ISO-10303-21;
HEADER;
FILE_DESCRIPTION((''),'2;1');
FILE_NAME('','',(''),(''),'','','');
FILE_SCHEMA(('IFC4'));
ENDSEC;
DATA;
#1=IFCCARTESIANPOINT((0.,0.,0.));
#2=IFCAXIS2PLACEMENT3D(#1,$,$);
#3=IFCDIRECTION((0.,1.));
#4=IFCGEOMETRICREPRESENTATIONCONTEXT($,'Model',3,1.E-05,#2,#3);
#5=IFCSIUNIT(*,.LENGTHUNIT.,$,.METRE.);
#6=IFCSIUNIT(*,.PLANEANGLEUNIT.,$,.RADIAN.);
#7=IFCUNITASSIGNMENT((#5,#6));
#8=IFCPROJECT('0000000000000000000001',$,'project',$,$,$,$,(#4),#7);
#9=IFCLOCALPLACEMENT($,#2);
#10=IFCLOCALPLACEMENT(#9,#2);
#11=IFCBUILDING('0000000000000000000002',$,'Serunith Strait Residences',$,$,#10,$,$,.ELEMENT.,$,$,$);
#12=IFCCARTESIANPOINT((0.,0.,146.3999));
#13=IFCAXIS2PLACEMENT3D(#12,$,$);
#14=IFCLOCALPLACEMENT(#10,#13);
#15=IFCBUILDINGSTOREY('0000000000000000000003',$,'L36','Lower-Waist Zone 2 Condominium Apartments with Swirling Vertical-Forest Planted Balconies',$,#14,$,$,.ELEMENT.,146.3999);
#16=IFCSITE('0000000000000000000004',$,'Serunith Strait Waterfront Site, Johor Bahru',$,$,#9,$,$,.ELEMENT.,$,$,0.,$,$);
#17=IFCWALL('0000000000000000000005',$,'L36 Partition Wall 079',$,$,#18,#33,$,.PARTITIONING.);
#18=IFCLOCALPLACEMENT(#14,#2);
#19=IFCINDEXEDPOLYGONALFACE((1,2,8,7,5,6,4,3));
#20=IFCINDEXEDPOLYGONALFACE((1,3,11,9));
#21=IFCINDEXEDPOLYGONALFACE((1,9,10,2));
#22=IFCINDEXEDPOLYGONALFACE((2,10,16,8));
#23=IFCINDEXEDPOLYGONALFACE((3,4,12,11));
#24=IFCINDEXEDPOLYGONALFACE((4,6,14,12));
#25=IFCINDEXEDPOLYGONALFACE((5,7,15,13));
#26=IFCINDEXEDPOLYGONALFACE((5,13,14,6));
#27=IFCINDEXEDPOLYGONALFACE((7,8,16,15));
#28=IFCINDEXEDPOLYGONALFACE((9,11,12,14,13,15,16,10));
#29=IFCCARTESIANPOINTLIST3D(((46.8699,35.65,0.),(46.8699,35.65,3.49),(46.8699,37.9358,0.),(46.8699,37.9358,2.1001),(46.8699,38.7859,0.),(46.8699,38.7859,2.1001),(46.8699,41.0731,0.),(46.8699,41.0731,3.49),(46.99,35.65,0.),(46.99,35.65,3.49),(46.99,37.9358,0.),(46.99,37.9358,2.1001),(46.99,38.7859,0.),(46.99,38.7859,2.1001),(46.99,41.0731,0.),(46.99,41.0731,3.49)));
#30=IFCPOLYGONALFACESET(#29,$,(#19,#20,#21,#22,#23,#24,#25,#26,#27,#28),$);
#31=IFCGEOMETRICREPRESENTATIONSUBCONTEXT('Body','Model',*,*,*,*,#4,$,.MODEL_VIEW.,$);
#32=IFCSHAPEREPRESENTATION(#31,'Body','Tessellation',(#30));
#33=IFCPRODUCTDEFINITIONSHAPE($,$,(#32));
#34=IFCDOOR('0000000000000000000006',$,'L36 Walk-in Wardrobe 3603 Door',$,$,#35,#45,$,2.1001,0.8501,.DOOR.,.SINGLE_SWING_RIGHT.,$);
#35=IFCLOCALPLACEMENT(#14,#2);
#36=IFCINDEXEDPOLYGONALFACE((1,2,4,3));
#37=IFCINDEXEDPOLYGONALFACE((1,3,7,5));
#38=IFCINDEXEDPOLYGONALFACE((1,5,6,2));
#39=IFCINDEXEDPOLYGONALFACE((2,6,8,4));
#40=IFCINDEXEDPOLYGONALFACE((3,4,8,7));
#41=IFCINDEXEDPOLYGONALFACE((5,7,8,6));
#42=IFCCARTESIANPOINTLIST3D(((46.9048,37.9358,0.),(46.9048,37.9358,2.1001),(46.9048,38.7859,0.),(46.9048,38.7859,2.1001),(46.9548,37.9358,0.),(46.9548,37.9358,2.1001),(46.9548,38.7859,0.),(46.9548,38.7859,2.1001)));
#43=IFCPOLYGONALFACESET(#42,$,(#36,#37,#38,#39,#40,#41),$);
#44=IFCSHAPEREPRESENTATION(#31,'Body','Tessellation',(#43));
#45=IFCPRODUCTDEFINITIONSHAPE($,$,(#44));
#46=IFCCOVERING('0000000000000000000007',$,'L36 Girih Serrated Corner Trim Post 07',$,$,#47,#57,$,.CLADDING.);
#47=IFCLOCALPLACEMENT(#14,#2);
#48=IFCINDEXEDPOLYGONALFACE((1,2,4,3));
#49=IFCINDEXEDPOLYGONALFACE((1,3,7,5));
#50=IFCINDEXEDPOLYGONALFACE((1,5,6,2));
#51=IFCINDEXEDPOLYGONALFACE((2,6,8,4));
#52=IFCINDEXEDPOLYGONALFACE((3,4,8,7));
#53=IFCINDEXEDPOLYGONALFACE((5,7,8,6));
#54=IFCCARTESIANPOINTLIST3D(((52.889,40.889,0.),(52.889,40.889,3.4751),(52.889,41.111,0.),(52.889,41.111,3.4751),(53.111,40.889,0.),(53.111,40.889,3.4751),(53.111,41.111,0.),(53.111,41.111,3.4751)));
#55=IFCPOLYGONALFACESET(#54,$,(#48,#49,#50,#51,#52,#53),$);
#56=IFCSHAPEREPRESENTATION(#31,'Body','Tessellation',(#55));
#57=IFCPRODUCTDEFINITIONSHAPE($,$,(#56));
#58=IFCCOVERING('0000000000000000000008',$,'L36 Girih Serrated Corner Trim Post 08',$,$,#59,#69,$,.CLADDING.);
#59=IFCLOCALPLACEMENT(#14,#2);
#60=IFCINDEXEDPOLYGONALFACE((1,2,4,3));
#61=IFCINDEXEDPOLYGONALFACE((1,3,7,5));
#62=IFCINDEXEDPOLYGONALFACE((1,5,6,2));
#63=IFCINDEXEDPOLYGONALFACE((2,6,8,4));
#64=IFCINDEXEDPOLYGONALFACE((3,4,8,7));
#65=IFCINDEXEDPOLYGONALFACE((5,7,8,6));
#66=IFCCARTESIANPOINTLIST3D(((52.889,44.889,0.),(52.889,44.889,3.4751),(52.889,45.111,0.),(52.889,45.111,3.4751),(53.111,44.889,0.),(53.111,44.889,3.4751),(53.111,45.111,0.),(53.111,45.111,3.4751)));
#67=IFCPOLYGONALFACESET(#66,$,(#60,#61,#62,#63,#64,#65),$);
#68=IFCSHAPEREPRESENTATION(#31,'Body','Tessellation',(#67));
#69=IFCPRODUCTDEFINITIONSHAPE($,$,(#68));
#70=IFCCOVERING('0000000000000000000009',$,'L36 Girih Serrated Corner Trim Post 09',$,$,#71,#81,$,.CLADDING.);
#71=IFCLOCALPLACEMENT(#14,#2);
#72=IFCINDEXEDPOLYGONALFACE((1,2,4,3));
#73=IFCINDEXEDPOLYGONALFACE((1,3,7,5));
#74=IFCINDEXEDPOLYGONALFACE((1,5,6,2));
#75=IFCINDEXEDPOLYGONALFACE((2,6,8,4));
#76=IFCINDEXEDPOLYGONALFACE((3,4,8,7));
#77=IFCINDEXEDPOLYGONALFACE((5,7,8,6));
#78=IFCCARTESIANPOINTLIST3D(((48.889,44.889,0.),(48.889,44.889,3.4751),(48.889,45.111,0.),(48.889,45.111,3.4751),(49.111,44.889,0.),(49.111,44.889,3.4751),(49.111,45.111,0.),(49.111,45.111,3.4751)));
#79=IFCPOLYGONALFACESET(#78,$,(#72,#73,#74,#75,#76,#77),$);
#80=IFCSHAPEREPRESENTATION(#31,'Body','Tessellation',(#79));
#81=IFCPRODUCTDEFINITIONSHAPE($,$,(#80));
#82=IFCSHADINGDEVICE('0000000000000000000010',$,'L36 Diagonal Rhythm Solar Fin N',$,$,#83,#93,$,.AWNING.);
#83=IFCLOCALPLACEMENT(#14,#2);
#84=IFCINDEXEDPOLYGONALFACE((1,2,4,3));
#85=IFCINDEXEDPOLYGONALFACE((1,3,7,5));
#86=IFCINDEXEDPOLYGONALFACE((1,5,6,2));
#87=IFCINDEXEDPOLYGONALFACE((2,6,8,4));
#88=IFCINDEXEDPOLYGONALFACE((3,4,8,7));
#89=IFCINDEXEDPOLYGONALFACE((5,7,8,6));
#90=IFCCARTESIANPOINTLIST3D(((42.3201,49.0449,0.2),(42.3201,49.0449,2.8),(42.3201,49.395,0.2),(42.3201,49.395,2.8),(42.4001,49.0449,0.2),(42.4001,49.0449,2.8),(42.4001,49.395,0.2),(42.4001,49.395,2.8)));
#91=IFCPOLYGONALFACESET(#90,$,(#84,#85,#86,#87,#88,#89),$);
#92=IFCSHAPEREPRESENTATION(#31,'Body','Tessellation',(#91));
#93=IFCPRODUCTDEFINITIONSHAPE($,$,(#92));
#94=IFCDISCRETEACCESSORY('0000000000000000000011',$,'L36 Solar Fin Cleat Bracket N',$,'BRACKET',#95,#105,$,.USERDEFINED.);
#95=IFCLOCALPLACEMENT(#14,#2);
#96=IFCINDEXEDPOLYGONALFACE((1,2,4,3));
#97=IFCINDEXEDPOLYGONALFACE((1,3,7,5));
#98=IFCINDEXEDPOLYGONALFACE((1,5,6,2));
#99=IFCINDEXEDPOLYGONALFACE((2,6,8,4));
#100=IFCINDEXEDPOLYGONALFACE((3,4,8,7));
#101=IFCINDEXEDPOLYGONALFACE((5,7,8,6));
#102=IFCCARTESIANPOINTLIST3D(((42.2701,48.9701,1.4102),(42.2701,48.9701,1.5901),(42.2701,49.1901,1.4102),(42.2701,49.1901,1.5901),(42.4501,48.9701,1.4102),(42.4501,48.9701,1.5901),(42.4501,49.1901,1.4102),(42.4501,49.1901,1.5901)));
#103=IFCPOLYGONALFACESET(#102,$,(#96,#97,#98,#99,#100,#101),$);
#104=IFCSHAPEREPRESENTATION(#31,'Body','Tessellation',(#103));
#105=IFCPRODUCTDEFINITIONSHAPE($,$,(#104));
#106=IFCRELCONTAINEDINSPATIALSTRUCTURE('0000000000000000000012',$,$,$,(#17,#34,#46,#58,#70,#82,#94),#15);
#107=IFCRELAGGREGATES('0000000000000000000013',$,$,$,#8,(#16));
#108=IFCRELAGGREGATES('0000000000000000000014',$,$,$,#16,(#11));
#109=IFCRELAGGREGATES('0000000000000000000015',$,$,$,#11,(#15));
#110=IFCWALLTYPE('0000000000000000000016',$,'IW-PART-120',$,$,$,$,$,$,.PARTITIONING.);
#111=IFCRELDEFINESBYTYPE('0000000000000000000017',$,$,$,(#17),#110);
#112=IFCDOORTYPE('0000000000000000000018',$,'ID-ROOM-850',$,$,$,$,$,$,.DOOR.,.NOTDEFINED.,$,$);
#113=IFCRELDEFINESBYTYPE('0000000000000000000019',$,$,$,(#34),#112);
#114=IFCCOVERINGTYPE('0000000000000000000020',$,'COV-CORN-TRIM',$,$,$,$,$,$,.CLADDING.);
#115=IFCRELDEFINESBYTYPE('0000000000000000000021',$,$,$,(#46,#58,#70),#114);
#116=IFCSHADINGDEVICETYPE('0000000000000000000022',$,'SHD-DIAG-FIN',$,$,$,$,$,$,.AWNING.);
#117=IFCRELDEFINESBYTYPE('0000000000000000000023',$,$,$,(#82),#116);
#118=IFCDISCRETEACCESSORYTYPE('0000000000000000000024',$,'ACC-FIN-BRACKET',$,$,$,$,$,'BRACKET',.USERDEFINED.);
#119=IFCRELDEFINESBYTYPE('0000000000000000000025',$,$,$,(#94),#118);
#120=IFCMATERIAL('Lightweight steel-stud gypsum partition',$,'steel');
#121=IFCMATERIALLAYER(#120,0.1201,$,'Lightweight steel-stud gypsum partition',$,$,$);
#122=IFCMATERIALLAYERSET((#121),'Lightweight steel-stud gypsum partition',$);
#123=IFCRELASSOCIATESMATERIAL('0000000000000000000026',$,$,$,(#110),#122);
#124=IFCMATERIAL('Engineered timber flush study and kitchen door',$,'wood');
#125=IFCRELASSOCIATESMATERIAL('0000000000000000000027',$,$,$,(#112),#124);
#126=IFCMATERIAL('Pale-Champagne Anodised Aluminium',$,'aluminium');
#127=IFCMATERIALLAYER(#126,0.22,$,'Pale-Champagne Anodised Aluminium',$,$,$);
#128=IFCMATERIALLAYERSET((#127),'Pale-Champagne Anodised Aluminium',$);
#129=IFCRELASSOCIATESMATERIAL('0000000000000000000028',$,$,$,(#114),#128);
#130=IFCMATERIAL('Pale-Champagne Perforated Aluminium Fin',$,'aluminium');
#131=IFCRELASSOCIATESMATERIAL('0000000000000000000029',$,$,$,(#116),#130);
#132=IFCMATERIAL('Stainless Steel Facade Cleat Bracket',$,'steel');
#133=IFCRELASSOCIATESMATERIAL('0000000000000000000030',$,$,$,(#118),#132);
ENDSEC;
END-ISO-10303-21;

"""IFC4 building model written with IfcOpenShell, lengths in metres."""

from ifc_helpers import new_model, si_unit, direction, frame, frame_2d, origin, origin_2d, place, context, subcontext, project, spatial, rectangle, extrude, source, transform, mapped, material, layer, layer_set, type_object, element, fill, save


model = new_model("IFC4")

# Units and contexts
model_context = context("Model", 3, precision=1e-05, world=origin(), true_north=direction((0.0, 1.0)))
body_context = subcontext(model_context, "Body", "Model", "MODEL_VIEW")
ifc_project = project(units=[si_unit("LENGTHUNIT", "METRE"), si_unit("PLANEANGLEUNIT", "RADIAN")], contexts=[model_context])

# Site, building, storey
site_placement = place(None, origin())
site = spatial("IfcSite", under=ifc_project, at=site_placement, Name="Serunith Strait Waterfront Site, Johor Bahru", CompositionType="ELEMENT", RefElevation=0.0)
building_placement = place(site_placement, origin())
building = spatial("IfcBuilding", under=site, at=building_placement, Name="Serunith Strait Residences", CompositionType="ELEMENT")
storey_placement = place(building_placement, frame((0.0, 0.0, 146.3999)))
storey = spatial("IfcBuildingStorey", under=building, at=storey_placement, Name="L36", Description="Lower-Waist Zone 2 Condominium Apartments with Swirling Vertical-Forest Planted Balconies", CompositionType="ELEMENT", Elevation=146.3999)

# Shared definitions
ifc_material_1 = material(Name="Pale-Champagne Anodised Aluminium", Category="aluminium")

# Shared definitions
ifc_material_2 = material(Name="Lightweight steel-stud gypsum partition", Category="steel")
ifc_layer_1 = layer(ifc_material_2, 0.1201, Name="Lightweight steel-stud gypsum partition")
ifc_layer_set_1 = layer_set([ifc_layer_1], Name="Lightweight steel-stud gypsum partition")
wall_type_1 = type_object("IfcWallType", Name="IW-PART-120", PredefinedType="PARTITIONING", material=ifc_layer_set_1)

# Wall, opening, door
wall_1_placement = place(storey_placement, frame((46.9299, 41.073, 0.0), z_axis=(0.0, 0.0, 1.0), x_axis=(0.0, -1.0, 0.0)))
wall_1 = element("IfcWall", 1, at=wall_1_placement, inside=storey, type_object=wall_type_1, Name="L36 Partition Wall 079", PredefinedType="PARTITIONING", context=body_context, shape_type="SweptSolid", body=[
    extrude(rectangle(XDim=5.4231, YDim=0.1201, at=frame_2d((2.7114, 0.0))), origin(), (0.0, 0.0, 1.0), 3.49),
])
opening_1_placement = place(wall_1_placement, frame((2.2871, 0.0, 0.0)))
opening_1 = element("IfcOpeningElement", 2, at=opening_1_placement, cuts=wall_1, PredefinedType="OPENING", context=body_context, shape_type="SweptSolid", body=[
    extrude(rectangle(XDim=0.8501, YDim=2.1001, at=frame_2d((0.425, 1.05))), frame((0.0, 0.0701, 0.0), z_axis=(0.0, -1.0, 0.0), x_axis=(1.0, 0.0, 0.0)), (0.0, 0.0, 1.0), 0.1401),
])
ifc_material_3 = material(Name="Engineered timber flush study and kitchen door", Category="wood")
door_type_1 = type_object("IfcDoorType", Name="ID-ROOM-850", OperationType="NOTDEFINED", PredefinedType="DOOR", material=ifc_material_3)
shared_shape_1 = source(origin(), body_context, "Body", "SweptSolid", [
    extrude(rectangle(XDim=0.8501, YDim=2.1001, at=frame_2d((0.425, 1.05))), frame((0.0, 0.0249, 0.0), z_axis=(0.0, -1.0, 0.0), x_axis=(1.0, 0.0, 0.0)), (0.0, 0.0, 1.0), 0.05),
])
door_1_placement = place(opening_1_placement, origin())
door_1 = element("IfcDoor", 3, at=door_1_placement, inside=storey, type_object=door_type_1, Name="L36 Walk-in Wardrobe 3603 Door", OperationType="SINGLE_SWING_RIGHT", OverallHeight=2.1001, OverallWidth=0.8501, PredefinedType="DOOR", context=body_context, shape_type="MappedRepresentation", body=[
    mapped(shared_shape_1, transform((0.0, 0.0, 0.0), scale=1.0)),
])
fill(opening_1, door_1)

# Coverings
ifc_layer_2 = layer(ifc_material_1, 0.22, Name="Pale-Champagne Anodised Aluminium")
ifc_layer_set_2 = layer_set([ifc_layer_2], Name="Pale-Champagne Anodised Aluminium")
covering_type = type_object("IfcCoveringType", Name="COV-CORN-TRIM", PredefinedType="CLADDING", material=ifc_layer_set_2)
shared_shape_2 = source(origin(), body_context, "Body", "SweptSolid", [
    extrude(rectangle(XDim=0.2219, YDim=0.2219, at=origin_2d()), origin(), (0.0, 0.0, 1.0), 3.4751),
])
for number, where, z_axis, x_axis, name in (
    (4, (53.0, 41.0, 0.0), (0.0, 0.0, 1.0), (1.0, 0.0, 0.0), "L36 Girih Serrated Corner Trim Post 07"),
    (5, (53.0, 45.0, 0.0), (0.0, 0.0, 1.0), (1.0, 0.0, 0.0), "L36 Girih Serrated Corner Trim Post 08"),
    (6, (49.0, 45.0, 0.0), (0.0, 0.0, 1.0), (1.0, 0.0, 0.0), "L36 Girih Serrated Corner Trim Post 09"),
):
    element("IfcCovering", number, at=place(storey_placement, frame(where, z_axis=z_axis, x_axis=x_axis)), inside=storey, type_object=covering_type, Name=name, PredefinedType="CLADDING", context=body_context, shape_type="MappedRepresentation", body=[
        mapped(shared_shape_2, transform((0.0, 0.0, 0.0), scale=1.0)),
    ])

# Shading device
ifc_material_4 = material(Name="Pale-Champagne Perforated Aluminium Fin", Category="aluminium")
shading_device_type = type_object("IfcShadingDeviceType", Name="SHD-DIAG-FIN", PredefinedType="AWNING", material=ifc_material_4)
shared_shape_3 = source(origin(), body_context, "Body", "SweptSolid", [
    extrude(rectangle(XDim=0.0801, YDim=0.3501, at=origin_2d()), origin(), (0.0, 0.0, 1.0), 2.6001),
])
shading_device_placement = place(storey_placement, frame((42.3601, 49.22, 0.2), z_axis=(0.0, 0.0, 1.0), x_axis=(1.0, 0.0, 0.0)))
element("IfcShadingDevice", 7, at=shading_device_placement, inside=storey, type_object=shading_device_type, Name="L36 Diagonal Rhythm Solar Fin N", PredefinedType="AWNING", context=body_context, shape_type="MappedRepresentation", body=[
    mapped(shared_shape_3, transform((0.0, 0.0, 0.0), scale=1.0)),
])

# Discrete accessory
ifc_material_5 = material(Name="Stainless Steel Facade Cleat Bracket", Category="steel")
discrete_accessory_type = type_object("IfcDiscreteAccessoryType", Name="ACC-FIN-BRACKET", ElementType="BRACKET", PredefinedType="USERDEFINED", material=ifc_material_5)
shared_shape_4 = source(origin(), body_context, "Body", "SweptSolid", [
    extrude(rectangle(XDim=0.1799, YDim=0.22, at=origin_2d()), origin(), (0.0, 0.0, 1.0), 0.1799),
])
discrete_accessory_placement = place(storey_placement, frame((42.3601, 49.0801, 1.4102), z_axis=(0.0, 0.0, 1.0), x_axis=(1.0, 0.0, 0.0)))
element("IfcDiscreteAccessory", 8, at=discrete_accessory_placement, inside=storey, type_object=discrete_accessory_type, Name="L36 Solar Fin Cleat Bracket N", ObjectType="BRACKET", PredefinedType="USERDEFINED", context=body_context, shape_type="MappedRepresentation", body=[
    mapped(shared_shape_4, transform((0.0, 0.0, 0.0), scale=1.0)),
])

save(model, "model.ifc")
